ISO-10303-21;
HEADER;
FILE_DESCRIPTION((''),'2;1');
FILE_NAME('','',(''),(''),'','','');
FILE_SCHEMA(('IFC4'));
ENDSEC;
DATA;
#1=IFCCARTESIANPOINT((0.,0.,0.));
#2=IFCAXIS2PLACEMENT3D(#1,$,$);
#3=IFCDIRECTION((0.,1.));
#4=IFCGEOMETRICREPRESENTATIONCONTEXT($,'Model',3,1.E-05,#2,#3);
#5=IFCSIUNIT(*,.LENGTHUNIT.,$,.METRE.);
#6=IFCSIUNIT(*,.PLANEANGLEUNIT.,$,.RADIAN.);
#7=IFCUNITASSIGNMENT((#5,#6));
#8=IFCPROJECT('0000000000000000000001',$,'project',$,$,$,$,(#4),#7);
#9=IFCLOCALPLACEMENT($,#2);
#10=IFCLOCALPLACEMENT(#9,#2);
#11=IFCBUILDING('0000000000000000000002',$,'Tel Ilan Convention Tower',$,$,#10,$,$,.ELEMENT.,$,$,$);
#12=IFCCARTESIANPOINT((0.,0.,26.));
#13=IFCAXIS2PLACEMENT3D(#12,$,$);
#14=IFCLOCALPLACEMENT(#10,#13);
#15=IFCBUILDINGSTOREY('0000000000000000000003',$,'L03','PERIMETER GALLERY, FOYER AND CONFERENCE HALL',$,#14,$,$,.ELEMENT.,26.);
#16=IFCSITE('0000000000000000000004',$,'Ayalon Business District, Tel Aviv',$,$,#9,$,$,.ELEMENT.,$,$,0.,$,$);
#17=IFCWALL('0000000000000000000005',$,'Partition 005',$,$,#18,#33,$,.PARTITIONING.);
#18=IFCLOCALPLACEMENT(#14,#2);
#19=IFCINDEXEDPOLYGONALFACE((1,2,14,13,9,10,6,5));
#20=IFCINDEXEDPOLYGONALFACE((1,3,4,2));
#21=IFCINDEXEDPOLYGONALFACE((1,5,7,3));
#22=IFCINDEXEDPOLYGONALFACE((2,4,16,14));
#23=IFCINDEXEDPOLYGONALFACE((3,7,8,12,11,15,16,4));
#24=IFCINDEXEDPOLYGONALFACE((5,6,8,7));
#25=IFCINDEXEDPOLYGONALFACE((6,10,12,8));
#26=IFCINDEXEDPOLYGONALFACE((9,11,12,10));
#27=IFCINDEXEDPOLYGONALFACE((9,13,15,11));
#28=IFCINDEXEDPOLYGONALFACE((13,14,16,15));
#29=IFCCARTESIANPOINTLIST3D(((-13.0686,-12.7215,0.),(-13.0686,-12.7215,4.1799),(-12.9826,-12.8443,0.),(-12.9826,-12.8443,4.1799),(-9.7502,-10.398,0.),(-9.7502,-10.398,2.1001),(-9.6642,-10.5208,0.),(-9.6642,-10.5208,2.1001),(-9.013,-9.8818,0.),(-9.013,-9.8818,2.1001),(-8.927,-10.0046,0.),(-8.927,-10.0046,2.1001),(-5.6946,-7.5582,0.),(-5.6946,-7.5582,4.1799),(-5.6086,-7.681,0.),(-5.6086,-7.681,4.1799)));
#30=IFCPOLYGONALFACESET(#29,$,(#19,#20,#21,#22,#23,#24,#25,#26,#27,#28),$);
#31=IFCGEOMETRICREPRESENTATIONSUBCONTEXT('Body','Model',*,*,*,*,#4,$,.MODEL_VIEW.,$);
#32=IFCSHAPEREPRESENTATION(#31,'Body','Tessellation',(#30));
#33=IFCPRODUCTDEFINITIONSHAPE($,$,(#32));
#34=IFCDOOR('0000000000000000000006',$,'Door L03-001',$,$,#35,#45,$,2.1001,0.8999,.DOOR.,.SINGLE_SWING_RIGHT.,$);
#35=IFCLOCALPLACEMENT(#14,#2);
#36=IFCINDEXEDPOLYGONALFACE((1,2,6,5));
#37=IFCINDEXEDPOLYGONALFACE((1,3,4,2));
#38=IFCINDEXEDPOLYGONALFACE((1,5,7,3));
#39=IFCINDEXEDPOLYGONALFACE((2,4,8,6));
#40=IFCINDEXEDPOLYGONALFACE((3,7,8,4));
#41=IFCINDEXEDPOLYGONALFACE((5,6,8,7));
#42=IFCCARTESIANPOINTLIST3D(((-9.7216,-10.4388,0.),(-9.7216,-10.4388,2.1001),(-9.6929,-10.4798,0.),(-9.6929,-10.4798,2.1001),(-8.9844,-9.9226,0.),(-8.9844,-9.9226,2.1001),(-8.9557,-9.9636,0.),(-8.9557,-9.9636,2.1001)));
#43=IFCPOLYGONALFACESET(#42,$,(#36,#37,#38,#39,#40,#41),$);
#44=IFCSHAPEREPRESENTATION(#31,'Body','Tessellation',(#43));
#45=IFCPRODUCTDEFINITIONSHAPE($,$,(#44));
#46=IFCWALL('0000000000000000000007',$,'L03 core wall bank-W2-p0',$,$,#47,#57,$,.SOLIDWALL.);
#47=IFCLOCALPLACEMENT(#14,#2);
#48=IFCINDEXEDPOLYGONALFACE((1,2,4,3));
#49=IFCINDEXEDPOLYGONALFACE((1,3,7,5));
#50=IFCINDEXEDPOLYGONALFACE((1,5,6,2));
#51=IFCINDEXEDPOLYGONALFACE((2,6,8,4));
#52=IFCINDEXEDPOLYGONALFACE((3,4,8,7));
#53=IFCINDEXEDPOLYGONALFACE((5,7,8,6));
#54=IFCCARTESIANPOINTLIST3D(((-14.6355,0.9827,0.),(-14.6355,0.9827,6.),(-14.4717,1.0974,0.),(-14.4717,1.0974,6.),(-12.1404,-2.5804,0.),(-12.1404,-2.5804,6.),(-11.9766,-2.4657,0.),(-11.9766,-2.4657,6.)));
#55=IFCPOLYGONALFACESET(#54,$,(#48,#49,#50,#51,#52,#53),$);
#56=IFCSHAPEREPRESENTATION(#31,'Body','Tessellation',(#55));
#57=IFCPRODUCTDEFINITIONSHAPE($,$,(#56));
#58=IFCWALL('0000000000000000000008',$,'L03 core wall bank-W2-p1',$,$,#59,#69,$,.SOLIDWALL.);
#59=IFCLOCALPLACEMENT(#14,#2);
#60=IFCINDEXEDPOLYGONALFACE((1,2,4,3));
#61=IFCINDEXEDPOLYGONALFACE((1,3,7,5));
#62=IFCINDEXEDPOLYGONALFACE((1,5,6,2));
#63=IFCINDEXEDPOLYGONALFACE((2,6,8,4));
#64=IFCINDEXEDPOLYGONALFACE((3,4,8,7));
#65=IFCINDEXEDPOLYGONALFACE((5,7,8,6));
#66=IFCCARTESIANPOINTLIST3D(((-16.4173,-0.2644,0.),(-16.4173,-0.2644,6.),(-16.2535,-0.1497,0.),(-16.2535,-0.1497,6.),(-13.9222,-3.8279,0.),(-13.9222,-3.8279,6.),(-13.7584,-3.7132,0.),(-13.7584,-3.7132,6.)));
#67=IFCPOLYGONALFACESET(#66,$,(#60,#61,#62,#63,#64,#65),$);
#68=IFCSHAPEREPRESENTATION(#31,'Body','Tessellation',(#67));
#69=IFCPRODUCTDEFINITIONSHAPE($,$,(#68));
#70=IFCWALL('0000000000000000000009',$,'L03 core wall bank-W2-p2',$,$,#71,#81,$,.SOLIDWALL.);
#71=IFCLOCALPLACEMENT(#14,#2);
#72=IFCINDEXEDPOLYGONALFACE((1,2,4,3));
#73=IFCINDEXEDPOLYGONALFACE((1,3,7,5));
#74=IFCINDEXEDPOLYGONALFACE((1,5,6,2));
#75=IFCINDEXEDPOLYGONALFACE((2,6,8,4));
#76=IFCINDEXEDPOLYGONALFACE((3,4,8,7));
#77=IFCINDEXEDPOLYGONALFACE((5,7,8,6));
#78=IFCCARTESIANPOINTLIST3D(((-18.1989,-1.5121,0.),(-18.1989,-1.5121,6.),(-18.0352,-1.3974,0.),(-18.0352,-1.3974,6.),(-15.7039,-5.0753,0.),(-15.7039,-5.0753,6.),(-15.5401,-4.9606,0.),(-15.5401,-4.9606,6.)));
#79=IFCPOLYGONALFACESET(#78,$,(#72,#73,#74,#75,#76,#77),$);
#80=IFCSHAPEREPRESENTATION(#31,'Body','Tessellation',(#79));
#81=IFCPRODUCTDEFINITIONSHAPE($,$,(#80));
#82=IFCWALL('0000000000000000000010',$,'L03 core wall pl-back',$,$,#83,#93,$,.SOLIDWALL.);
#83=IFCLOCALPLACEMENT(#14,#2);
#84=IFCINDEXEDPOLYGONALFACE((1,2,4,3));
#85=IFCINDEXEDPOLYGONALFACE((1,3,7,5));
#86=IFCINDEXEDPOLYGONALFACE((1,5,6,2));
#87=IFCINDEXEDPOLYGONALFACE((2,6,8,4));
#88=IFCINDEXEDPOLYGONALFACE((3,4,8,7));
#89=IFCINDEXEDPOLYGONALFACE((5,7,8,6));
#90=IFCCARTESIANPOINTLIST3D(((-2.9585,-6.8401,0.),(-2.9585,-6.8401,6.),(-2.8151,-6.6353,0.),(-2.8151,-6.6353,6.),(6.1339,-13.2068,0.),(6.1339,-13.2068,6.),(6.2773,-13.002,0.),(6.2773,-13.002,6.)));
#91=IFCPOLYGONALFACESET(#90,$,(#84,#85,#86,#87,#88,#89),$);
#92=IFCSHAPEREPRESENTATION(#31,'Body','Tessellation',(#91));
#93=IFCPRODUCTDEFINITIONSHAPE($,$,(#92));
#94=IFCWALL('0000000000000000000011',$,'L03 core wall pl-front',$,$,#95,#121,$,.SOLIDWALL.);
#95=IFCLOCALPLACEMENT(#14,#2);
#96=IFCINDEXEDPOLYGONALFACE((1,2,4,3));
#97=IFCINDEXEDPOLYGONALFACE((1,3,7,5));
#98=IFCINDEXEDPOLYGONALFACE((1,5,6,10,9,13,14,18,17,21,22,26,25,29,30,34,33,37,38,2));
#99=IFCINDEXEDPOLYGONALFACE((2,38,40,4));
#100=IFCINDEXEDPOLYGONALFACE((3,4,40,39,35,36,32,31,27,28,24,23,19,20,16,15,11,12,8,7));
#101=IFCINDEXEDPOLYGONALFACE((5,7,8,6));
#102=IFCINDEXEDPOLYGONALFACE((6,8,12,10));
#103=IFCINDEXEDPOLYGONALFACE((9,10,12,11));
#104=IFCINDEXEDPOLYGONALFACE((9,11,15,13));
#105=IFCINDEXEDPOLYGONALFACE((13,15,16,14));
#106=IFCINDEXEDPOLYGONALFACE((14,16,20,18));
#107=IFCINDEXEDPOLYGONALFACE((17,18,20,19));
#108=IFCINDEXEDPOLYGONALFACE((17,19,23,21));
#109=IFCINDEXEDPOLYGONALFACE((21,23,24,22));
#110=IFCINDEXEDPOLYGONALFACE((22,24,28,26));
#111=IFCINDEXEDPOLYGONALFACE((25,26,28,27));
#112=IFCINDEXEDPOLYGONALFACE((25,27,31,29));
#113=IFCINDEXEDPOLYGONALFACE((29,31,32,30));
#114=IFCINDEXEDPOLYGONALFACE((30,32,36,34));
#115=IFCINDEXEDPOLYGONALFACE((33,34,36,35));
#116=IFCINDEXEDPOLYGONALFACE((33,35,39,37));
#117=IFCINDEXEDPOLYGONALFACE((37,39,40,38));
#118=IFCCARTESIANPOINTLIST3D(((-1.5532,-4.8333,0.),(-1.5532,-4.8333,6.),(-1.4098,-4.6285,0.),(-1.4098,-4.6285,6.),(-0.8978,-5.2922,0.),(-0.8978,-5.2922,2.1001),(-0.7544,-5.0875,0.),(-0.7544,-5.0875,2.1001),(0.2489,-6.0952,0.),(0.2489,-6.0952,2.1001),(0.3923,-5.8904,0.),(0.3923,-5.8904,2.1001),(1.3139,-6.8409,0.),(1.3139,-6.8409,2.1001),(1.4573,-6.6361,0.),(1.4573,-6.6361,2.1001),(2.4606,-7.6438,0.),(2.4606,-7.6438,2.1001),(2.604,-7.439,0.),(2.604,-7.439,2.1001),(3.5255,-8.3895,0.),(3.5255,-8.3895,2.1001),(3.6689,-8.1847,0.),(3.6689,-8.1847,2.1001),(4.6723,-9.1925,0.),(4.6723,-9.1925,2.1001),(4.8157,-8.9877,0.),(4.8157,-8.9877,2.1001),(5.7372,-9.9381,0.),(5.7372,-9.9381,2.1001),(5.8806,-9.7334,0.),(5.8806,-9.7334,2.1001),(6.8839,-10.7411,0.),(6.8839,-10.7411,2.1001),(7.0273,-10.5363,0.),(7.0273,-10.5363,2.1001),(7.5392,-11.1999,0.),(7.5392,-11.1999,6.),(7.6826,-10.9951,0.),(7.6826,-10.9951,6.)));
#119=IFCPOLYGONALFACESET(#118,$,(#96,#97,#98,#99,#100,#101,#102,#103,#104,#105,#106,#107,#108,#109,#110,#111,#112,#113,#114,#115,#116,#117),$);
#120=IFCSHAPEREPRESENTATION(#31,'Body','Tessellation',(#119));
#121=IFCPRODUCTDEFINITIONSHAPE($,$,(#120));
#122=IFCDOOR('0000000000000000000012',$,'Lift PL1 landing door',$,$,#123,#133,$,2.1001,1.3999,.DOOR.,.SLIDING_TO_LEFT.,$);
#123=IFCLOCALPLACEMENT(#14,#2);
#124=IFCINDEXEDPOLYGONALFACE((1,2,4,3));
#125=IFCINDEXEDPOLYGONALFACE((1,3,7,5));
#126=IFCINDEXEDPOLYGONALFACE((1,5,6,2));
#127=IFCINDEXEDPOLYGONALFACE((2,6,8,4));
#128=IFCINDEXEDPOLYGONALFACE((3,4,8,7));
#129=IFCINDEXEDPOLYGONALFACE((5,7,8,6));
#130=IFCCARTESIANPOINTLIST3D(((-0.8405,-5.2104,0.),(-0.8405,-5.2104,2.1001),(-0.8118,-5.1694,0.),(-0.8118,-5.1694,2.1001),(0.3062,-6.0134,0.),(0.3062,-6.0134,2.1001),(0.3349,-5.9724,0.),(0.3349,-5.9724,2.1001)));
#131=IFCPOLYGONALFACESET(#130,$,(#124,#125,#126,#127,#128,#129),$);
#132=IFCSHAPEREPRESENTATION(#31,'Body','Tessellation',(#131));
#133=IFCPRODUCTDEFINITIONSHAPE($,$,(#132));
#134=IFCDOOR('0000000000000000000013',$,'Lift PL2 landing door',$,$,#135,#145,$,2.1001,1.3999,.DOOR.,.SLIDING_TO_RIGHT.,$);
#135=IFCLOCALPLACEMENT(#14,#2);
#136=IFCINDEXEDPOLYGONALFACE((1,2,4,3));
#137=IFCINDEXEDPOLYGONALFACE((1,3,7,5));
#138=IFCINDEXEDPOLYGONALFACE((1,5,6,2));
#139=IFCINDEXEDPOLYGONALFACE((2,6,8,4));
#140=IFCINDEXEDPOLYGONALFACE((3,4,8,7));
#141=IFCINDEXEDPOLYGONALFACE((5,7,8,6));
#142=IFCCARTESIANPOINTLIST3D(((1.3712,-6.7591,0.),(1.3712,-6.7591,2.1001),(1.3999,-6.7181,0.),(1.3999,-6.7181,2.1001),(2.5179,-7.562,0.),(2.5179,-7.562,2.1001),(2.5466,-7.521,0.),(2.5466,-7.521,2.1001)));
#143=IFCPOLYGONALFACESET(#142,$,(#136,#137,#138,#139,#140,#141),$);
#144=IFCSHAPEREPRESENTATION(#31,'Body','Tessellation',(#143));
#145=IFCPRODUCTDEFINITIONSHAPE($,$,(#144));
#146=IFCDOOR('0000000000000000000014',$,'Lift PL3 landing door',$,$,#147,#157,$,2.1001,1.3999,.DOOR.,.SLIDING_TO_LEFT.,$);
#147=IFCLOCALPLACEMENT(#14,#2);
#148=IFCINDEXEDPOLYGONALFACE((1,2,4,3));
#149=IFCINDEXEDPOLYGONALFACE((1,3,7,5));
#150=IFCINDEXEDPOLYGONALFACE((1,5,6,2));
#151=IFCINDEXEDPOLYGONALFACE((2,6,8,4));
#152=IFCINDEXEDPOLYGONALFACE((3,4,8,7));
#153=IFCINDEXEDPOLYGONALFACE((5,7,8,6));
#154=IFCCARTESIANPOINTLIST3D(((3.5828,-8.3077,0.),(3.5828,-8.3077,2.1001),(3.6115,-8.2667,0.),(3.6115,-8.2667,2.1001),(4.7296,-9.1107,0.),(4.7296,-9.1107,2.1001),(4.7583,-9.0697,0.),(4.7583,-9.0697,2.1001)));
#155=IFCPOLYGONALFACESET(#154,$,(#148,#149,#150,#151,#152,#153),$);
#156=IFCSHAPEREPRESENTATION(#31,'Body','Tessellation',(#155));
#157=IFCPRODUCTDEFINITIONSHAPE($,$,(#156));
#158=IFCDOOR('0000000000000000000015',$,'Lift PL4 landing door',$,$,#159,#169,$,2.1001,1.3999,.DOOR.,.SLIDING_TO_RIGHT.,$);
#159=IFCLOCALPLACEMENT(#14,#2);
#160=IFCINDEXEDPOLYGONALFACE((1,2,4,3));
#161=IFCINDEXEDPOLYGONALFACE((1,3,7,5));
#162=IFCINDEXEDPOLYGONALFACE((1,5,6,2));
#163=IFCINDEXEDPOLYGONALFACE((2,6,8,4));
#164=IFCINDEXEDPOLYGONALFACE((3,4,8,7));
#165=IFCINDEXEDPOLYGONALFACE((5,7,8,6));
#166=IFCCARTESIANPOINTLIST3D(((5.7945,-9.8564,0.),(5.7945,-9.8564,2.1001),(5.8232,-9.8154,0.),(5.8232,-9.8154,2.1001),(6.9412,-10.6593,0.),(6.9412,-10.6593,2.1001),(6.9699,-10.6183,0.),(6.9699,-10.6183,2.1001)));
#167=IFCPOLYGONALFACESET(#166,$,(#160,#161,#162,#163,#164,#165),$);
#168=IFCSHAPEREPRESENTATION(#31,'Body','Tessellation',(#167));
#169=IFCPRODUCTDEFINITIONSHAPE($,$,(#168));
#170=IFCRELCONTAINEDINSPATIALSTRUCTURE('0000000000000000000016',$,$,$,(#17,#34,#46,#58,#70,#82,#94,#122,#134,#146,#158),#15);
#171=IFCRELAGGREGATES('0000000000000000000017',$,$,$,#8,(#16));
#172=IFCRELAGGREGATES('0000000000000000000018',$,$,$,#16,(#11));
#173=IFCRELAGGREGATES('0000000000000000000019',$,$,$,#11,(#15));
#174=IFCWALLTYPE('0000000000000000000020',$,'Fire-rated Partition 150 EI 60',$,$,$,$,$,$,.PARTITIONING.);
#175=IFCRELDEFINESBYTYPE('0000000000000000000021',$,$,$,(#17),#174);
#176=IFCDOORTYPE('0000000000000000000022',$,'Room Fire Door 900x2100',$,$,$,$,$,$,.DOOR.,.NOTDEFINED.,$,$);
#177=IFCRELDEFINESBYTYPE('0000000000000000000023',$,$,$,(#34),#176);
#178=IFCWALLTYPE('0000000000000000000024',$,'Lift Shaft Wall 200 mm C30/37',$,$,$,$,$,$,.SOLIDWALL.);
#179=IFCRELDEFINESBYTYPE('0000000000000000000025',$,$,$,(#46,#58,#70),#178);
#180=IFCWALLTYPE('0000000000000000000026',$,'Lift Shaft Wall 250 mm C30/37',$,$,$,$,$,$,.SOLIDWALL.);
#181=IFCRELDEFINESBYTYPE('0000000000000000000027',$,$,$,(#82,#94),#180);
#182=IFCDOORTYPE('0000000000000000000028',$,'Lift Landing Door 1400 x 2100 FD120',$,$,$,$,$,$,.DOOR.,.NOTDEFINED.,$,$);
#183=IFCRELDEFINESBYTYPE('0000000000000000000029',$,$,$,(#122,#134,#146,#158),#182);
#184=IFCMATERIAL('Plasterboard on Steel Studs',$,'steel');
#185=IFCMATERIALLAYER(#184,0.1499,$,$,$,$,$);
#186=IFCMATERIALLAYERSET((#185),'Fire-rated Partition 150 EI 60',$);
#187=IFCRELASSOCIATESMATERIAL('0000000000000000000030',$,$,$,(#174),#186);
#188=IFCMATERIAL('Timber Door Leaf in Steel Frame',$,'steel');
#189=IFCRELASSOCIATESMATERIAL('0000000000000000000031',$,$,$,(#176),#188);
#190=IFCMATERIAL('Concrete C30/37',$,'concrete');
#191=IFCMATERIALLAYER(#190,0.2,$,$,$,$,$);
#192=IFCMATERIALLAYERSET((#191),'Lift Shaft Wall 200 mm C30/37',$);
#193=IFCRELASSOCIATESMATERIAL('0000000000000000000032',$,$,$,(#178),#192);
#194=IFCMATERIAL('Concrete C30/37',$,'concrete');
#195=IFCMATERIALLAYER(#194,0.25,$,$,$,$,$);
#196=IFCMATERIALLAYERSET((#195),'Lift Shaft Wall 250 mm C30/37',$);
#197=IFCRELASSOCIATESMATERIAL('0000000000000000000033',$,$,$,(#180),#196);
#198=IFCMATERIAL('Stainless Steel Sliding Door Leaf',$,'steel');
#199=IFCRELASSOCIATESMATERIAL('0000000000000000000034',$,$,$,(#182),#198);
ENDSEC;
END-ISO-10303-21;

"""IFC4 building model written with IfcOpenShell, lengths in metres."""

from ifc_helpers import new_model, si_unit, direction, frame, frame_2d, origin, place, context, subcontext, project, spatial, rectangle, extrude, material, layer, layer_set, type_object, element, fill, save


model = new_model("IFC4")

# Units and contexts
model_context = context("Model", 3, precision=1e-05, world=origin(), true_north=direction((0.0, 1.0)))
body_context = subcontext(model_context, "Body", "Model", "MODEL_VIEW")
ifc_project = project(units=[si_unit("LENGTHUNIT", "METRE"), si_unit("PLANEANGLEUNIT", "RADIAN")], contexts=[model_context])

# Site, building, storey
site_placement = place(None, origin())
site = spatial("IfcSite", under=ifc_project, at=site_placement, Name="Ayalon Business District, Tel Aviv", CompositionType="ELEMENT", RefElevation=0.0)
building_placement = place(site_placement, origin())
building = spatial("IfcBuilding", under=site, at=building_placement, Name="Tel Ilan Convention Tower", CompositionType="ELEMENT")
storey_placement = place(building_placement, frame((0.0, 0.0, 26.0)))
storey = spatial("IfcBuildingStorey", under=building, at=storey_placement, Name="L03", Description="PERIMETER GALLERY, FOYER AND CONFERENCE HALL", CompositionType="ELEMENT", Elevation=26.0)

# Wall, opening, door
ifc_material_1 = material(Name="Plasterboard on Steel Studs", Category="steel")
ifc_layer_1 = layer(ifc_material_1, 0.1499)
ifc_layer_set_1 = layer_set([ifc_layer_1], Name="Fire-rated Partition 150 EI 60")
wall_type_1 = type_object("IfcWallType", Name="Fire-rated Partition 150 EI 60", PredefinedType="PARTITIONING", material=ifc_layer_set_1)
wall_1_placement = place(storey_placement, frame((-5.6516, -7.6196, 0.0), z_axis=(0.0, 0.0, 1.0), x_axis=(-0.819153, -0.573575, 0.0)))
wall_1 = element("IfcWall", 1, at=wall_1_placement, inside=storey, type_object=wall_type_1, Name="Partition 005", PredefinedType="PARTITIONING", context=body_context, shape_type="SweptSolid", body=[
    extrude(rectangle(XDim=9.002, YDim=0.1499, at=frame_2d((4.501, 0.0))), origin(), (0.0, 0.0, 1.0), 4.1799),
])
opening_1_placement = place(wall_1_placement, frame((4.051, 0.0, 0.0)))
opening_1 = element("IfcOpeningElement", 2, at=opening_1_placement, cuts=wall_1, PredefinedType="OPENING", context=body_context, shape_type="SweptSolid", body=[
    extrude(rectangle(XDim=0.8999, YDim=2.1001, at=frame_2d((0.45, 1.05))), frame((0.0, 0.085, 0.0), z_axis=(0.0, -1.0, 0.0), x_axis=(1.0, 0.0, 0.0)), (0.0, 0.0, 1.0), 0.1699),
])
ifc_material_2 = material(Name="Timber Door Leaf in Steel Frame", Category="steel")
door_type_1 = type_object("IfcDoorType", Name="Room Fire Door 900x2100", OperationType="NOTDEFINED", PredefinedType="DOOR", material=ifc_material_2)
door_1_placement = place(opening_1_placement, origin())
door_1 = element("IfcDoor", 3, at=door_1_placement, inside=storey, type_object=door_type_1, Name="Door L03-001", OperationType="SINGLE_SWING_RIGHT", OverallHeight=2.1001, OverallWidth=0.8999, PredefinedType="DOOR", context=body_context, shape_type="SweptSolid", body=[
    extrude(rectangle(XDim=0.8999, YDim=2.1001, at=frame_2d((0.45, 1.05))), frame((0.0, 0.0249, 0.0), z_axis=(0.0, -1.0, 0.0), x_axis=(1.0, 0.0, 0.0)), (0.0, 0.0, 1.0), 0.05),
])
fill(opening_1, door_1)

# Walls
ifc_material_3 = material(Name="Concrete C30/37", Category="concrete")
ifc_layer_2 = layer(ifc_material_3, 0.2)
ifc_layer_set_2 = layer_set([ifc_layer_2], Name="Lift Shaft Wall 200 mm C30/37")
wall_type_2 = type_object("IfcWallType", Name="Lift Shaft Wall 200 mm C30/37", PredefinedType="SOLIDWALL", material=ifc_layer_set_2)
wall_2_placement = place(storey_placement, frame((-12.0586, -2.5229, 0.0), z_axis=(0.0, 0.0, 1.0), x_axis=(-0.573594, 0.81914, 0.0)))
element("IfcWall", 4, at=wall_2_placement, inside=storey, type_object=wall_type_2, Name="L03 core wall bank-W2-p0", PredefinedType="SOLIDWALL", context=body_context, shape_type="SweptSolid", body=[
    extrude(rectangle(XDim=4.3499, YDim=0.2, at=frame_2d((2.1748, 0.0))), origin(), (0.0, 0.0, 1.0), 6.0),
])
wall_3_placement = place(storey_placement, frame((-13.8403, -3.7705, 0.0), z_axis=(0.0, 0.0, 1.0), x_axis=(-0.573568, 0.819158, 0.0)))
element("IfcWall", 5, at=wall_3_placement, inside=storey, type_object=wall_type_2, Name="L03 core wall bank-W2-p1", PredefinedType="SOLIDWALL", context=body_context, shape_type="SweptSolid", body=[
    extrude(rectangle(XDim=4.3501, YDim=0.2, at=frame_2d((2.175, 0.0))), origin(), (0.0, 0.0, 1.0), 6.0),
])
wall_4_placement = place(storey_placement, frame((-15.6221, -5.0178, 0.0), z_axis=(0.0, 0.0, 1.0), x_axis=(-0.573594, 0.81914, 0.0)))
element("IfcWall", 6, at=wall_4_placement, inside=storey, type_object=wall_type_2, Name="L03 core wall bank-W2-p2", PredefinedType="SOLIDWALL", context=body_context, shape_type="SweptSolid", body=[
    extrude(rectangle(XDim=4.3499, YDim=0.2, at=frame_2d((2.1748, 0.0))), origin(), (0.0, 0.0, 1.0), 6.0),
])
ifc_material_4 = material(Name="Concrete C30/37", Category="concrete")
ifc_layer_3 = layer(ifc_material_4, 0.25)
ifc_layer_set_3 = layer_set([ifc_layer_3], Name="Lift Shaft Wall 250 mm C30/37")
wall_type_3 = type_object("IfcWallType", Name="Lift Shaft Wall 250 mm C30/37", PredefinedType="SOLIDWALL", material=ifc_layer_set_3)
wall_5_placement = place(storey_placement, frame((-2.8867, -6.7378, 0.0), z_axis=(0.0, 0.0, 1.0), x_axis=(0.81915, -0.573579, 0.0)))
element("IfcWall", 7, at=wall_5_placement, inside=storey, type_object=wall_type_3, Name="L03 core wall pl-back", PredefinedType="SOLIDWALL", context=body_context, shape_type="SweptSolid", body=[
    extrude(rectangle(XDim=11.0999, YDim=0.25, at=frame_2d((5.5498, 0.0))), origin(), (0.0, 0.0, 1.0), 6.0),
])

# Wall, openings, doors
wall_6_placement = place(storey_placement, frame((-1.4814, -4.731, 0.0), z_axis=(0.0, 0.0, 1.0), x_axis=(0.81915, -0.573579, 0.0)))
wall_6 = element("IfcWall", 8, at=wall_6_placement, inside=storey, type_object=wall_type_3, Name="L03 core wall pl-front", PredefinedType="SOLIDWALL", context=body_context, shape_type="SweptSolid", body=[
    extrude(rectangle(XDim=11.0999, YDim=0.25, at=frame_2d((5.5498, 0.0))), origin(), (0.0, 0.0, 1.0), 6.0),
])
opening_2_placement = place(wall_6_placement, frame((0.8, 0.0, 0.0)))
opening_2 = element("IfcOpeningElement", 9, at=opening_2_placement, cuts=wall_6, PredefinedType="OPENING", context=body_context, shape_type="SweptSolid", body=[
    extrude(rectangle(XDim=1.3999, YDim=2.1001, at=frame_2d((0.7, 1.05))), frame((0.0, 0.135, 0.0), z_axis=(0.0, -1.0, 0.0), x_axis=(1.0, 0.0, 0.0)), (0.0, 0.0, 1.0), 0.27),
])
opening_3_placement = place(wall_6_placement, frame((3.5, 0.0, 0.0)))
opening_3 = element("IfcOpeningElement", 10, at=opening_3_placement, cuts=wall_6, PredefinedType="OPENING", context=body_context, shape_type="SweptSolid", body=[
    extrude(rectangle(XDim=1.3999, YDim=2.1001, at=frame_2d((0.7, 1.05))), frame((0.0, 0.135, 0.0), z_axis=(0.0, -1.0, 0.0), x_axis=(1.0, 0.0, 0.0)), (0.0, 0.0, 1.0), 0.27),
])
opening_4_placement = place(wall_6_placement, frame((6.2, 0.0, 0.0)))
opening_4 = element("IfcOpeningElement", 11, at=opening_4_placement, cuts=wall_6, PredefinedType="OPENING", context=body_context, shape_type="SweptSolid", body=[
    extrude(rectangle(XDim=1.3999, YDim=2.1001, at=frame_2d((0.7, 1.05))), frame((0.0, 0.135, 0.0), z_axis=(0.0, -1.0, 0.0), x_axis=(1.0, 0.0, 0.0)), (0.0, 0.0, 1.0), 0.27),
])
opening_5_placement = place(wall_6_placement, frame((8.8999, 0.0, 0.0)))
opening_5 = element("IfcOpeningElement", 12, at=opening_5_placement, cuts=wall_6, PredefinedType="OPENING", context=body_context, shape_type="SweptSolid", body=[
    extrude(rectangle(XDim=1.3999, YDim=2.1001, at=frame_2d((0.7, 1.05))), frame((0.0, 0.135, 0.0), z_axis=(0.0, -1.0, 0.0), x_axis=(1.0, 0.0, 0.0)), (0.0, 0.0, 1.0), 0.27),
])
ifc_material_5 = material(Name="Stainless Steel Sliding Door Leaf", Category="steel")
door_type_2 = type_object("IfcDoorType", Name="Lift Landing Door 1400 x 2100 FD120", OperationType="NOTDEFINED", PredefinedType="DOOR", material=ifc_material_5)
door_2_placement = place(opening_2_placement, origin())
door_2 = element("IfcDoor", 13, at=door_2_placement, inside=storey, type_object=door_type_2, Name="Lift PL1 landing door", OperationType="SLIDING_TO_LEFT", OverallHeight=2.1001, OverallWidth=1.3999, PredefinedType="DOOR", context=body_context, shape_type="SweptSolid", body=[
    extrude(rectangle(XDim=1.3999, YDim=2.1001, at=frame_2d((0.7, 1.05))), frame((0.0, 0.0249, 0.0), z_axis=(0.0, -1.0, 0.0), x_axis=(1.0, 0.0, 0.0)), (0.0, 0.0, 1.0), 0.05),
])
fill(opening_2, door_2)
door_3_placement = place(opening_3_placement, origin())
door_3 = element("IfcDoor", 14, at=door_3_placement, inside=storey, type_object=door_type_2, Name="Lift PL2 landing door", OperationType="SLIDING_TO_RIGHT", OverallHeight=2.1001, OverallWidth=1.3999, PredefinedType="DOOR", context=body_context, shape_type="SweptSolid", body=[
    extrude(rectangle(XDim=1.3999, YDim=2.1001, at=frame_2d((0.7, 1.05))), frame((0.0, 0.0249, 0.0), z_axis=(0.0, -1.0, 0.0), x_axis=(1.0, 0.0, 0.0)), (0.0, 0.0, 1.0), 0.05),
])
fill(opening_3, door_3)
door_4_placement = place(opening_4_placement, origin())
door_4 = element("IfcDoor", 15, at=door_4_placement, inside=storey, type_object=door_type_2, Name="Lift PL3 landing door", OperationType="SLIDING_TO_LEFT", OverallHeight=2.1001, OverallWidth=1.3999, PredefinedType="DOOR", context=body_context, shape_type="SweptSolid", body=[
    extrude(rectangle(XDim=1.3999, YDim=2.1001, at=frame_2d((0.7, 1.05))), frame((0.0, 0.0249, 0.0), z_axis=(0.0, -1.0, 0.0), x_axis=(1.0, 0.0, 0.0)), (0.0, 0.0, 1.0), 0.05),
])
fill(opening_4, door_4)
door_5_placement = place(opening_5_placement, origin())
door_5 = element("IfcDoor", 16, at=door_5_placement, inside=storey, type_object=door_type_2, Name="Lift PL4 landing door", OperationType="SLIDING_TO_RIGHT", OverallHeight=2.1001, OverallWidth=1.3999, PredefinedType="DOOR", context=body_context, shape_type="SweptSolid", body=[
    extrude(rectangle(XDim=1.3999, YDim=2.1001, at=frame_2d((0.7, 1.05))), frame((0.0, 0.0249, 0.0), z_axis=(0.0, -1.0, 0.0), x_axis=(1.0, 0.0, 0.0)), (0.0, 0.0, 1.0), 0.05),
])
fill(opening_5, door_5)

save(model, "model.ifc")
